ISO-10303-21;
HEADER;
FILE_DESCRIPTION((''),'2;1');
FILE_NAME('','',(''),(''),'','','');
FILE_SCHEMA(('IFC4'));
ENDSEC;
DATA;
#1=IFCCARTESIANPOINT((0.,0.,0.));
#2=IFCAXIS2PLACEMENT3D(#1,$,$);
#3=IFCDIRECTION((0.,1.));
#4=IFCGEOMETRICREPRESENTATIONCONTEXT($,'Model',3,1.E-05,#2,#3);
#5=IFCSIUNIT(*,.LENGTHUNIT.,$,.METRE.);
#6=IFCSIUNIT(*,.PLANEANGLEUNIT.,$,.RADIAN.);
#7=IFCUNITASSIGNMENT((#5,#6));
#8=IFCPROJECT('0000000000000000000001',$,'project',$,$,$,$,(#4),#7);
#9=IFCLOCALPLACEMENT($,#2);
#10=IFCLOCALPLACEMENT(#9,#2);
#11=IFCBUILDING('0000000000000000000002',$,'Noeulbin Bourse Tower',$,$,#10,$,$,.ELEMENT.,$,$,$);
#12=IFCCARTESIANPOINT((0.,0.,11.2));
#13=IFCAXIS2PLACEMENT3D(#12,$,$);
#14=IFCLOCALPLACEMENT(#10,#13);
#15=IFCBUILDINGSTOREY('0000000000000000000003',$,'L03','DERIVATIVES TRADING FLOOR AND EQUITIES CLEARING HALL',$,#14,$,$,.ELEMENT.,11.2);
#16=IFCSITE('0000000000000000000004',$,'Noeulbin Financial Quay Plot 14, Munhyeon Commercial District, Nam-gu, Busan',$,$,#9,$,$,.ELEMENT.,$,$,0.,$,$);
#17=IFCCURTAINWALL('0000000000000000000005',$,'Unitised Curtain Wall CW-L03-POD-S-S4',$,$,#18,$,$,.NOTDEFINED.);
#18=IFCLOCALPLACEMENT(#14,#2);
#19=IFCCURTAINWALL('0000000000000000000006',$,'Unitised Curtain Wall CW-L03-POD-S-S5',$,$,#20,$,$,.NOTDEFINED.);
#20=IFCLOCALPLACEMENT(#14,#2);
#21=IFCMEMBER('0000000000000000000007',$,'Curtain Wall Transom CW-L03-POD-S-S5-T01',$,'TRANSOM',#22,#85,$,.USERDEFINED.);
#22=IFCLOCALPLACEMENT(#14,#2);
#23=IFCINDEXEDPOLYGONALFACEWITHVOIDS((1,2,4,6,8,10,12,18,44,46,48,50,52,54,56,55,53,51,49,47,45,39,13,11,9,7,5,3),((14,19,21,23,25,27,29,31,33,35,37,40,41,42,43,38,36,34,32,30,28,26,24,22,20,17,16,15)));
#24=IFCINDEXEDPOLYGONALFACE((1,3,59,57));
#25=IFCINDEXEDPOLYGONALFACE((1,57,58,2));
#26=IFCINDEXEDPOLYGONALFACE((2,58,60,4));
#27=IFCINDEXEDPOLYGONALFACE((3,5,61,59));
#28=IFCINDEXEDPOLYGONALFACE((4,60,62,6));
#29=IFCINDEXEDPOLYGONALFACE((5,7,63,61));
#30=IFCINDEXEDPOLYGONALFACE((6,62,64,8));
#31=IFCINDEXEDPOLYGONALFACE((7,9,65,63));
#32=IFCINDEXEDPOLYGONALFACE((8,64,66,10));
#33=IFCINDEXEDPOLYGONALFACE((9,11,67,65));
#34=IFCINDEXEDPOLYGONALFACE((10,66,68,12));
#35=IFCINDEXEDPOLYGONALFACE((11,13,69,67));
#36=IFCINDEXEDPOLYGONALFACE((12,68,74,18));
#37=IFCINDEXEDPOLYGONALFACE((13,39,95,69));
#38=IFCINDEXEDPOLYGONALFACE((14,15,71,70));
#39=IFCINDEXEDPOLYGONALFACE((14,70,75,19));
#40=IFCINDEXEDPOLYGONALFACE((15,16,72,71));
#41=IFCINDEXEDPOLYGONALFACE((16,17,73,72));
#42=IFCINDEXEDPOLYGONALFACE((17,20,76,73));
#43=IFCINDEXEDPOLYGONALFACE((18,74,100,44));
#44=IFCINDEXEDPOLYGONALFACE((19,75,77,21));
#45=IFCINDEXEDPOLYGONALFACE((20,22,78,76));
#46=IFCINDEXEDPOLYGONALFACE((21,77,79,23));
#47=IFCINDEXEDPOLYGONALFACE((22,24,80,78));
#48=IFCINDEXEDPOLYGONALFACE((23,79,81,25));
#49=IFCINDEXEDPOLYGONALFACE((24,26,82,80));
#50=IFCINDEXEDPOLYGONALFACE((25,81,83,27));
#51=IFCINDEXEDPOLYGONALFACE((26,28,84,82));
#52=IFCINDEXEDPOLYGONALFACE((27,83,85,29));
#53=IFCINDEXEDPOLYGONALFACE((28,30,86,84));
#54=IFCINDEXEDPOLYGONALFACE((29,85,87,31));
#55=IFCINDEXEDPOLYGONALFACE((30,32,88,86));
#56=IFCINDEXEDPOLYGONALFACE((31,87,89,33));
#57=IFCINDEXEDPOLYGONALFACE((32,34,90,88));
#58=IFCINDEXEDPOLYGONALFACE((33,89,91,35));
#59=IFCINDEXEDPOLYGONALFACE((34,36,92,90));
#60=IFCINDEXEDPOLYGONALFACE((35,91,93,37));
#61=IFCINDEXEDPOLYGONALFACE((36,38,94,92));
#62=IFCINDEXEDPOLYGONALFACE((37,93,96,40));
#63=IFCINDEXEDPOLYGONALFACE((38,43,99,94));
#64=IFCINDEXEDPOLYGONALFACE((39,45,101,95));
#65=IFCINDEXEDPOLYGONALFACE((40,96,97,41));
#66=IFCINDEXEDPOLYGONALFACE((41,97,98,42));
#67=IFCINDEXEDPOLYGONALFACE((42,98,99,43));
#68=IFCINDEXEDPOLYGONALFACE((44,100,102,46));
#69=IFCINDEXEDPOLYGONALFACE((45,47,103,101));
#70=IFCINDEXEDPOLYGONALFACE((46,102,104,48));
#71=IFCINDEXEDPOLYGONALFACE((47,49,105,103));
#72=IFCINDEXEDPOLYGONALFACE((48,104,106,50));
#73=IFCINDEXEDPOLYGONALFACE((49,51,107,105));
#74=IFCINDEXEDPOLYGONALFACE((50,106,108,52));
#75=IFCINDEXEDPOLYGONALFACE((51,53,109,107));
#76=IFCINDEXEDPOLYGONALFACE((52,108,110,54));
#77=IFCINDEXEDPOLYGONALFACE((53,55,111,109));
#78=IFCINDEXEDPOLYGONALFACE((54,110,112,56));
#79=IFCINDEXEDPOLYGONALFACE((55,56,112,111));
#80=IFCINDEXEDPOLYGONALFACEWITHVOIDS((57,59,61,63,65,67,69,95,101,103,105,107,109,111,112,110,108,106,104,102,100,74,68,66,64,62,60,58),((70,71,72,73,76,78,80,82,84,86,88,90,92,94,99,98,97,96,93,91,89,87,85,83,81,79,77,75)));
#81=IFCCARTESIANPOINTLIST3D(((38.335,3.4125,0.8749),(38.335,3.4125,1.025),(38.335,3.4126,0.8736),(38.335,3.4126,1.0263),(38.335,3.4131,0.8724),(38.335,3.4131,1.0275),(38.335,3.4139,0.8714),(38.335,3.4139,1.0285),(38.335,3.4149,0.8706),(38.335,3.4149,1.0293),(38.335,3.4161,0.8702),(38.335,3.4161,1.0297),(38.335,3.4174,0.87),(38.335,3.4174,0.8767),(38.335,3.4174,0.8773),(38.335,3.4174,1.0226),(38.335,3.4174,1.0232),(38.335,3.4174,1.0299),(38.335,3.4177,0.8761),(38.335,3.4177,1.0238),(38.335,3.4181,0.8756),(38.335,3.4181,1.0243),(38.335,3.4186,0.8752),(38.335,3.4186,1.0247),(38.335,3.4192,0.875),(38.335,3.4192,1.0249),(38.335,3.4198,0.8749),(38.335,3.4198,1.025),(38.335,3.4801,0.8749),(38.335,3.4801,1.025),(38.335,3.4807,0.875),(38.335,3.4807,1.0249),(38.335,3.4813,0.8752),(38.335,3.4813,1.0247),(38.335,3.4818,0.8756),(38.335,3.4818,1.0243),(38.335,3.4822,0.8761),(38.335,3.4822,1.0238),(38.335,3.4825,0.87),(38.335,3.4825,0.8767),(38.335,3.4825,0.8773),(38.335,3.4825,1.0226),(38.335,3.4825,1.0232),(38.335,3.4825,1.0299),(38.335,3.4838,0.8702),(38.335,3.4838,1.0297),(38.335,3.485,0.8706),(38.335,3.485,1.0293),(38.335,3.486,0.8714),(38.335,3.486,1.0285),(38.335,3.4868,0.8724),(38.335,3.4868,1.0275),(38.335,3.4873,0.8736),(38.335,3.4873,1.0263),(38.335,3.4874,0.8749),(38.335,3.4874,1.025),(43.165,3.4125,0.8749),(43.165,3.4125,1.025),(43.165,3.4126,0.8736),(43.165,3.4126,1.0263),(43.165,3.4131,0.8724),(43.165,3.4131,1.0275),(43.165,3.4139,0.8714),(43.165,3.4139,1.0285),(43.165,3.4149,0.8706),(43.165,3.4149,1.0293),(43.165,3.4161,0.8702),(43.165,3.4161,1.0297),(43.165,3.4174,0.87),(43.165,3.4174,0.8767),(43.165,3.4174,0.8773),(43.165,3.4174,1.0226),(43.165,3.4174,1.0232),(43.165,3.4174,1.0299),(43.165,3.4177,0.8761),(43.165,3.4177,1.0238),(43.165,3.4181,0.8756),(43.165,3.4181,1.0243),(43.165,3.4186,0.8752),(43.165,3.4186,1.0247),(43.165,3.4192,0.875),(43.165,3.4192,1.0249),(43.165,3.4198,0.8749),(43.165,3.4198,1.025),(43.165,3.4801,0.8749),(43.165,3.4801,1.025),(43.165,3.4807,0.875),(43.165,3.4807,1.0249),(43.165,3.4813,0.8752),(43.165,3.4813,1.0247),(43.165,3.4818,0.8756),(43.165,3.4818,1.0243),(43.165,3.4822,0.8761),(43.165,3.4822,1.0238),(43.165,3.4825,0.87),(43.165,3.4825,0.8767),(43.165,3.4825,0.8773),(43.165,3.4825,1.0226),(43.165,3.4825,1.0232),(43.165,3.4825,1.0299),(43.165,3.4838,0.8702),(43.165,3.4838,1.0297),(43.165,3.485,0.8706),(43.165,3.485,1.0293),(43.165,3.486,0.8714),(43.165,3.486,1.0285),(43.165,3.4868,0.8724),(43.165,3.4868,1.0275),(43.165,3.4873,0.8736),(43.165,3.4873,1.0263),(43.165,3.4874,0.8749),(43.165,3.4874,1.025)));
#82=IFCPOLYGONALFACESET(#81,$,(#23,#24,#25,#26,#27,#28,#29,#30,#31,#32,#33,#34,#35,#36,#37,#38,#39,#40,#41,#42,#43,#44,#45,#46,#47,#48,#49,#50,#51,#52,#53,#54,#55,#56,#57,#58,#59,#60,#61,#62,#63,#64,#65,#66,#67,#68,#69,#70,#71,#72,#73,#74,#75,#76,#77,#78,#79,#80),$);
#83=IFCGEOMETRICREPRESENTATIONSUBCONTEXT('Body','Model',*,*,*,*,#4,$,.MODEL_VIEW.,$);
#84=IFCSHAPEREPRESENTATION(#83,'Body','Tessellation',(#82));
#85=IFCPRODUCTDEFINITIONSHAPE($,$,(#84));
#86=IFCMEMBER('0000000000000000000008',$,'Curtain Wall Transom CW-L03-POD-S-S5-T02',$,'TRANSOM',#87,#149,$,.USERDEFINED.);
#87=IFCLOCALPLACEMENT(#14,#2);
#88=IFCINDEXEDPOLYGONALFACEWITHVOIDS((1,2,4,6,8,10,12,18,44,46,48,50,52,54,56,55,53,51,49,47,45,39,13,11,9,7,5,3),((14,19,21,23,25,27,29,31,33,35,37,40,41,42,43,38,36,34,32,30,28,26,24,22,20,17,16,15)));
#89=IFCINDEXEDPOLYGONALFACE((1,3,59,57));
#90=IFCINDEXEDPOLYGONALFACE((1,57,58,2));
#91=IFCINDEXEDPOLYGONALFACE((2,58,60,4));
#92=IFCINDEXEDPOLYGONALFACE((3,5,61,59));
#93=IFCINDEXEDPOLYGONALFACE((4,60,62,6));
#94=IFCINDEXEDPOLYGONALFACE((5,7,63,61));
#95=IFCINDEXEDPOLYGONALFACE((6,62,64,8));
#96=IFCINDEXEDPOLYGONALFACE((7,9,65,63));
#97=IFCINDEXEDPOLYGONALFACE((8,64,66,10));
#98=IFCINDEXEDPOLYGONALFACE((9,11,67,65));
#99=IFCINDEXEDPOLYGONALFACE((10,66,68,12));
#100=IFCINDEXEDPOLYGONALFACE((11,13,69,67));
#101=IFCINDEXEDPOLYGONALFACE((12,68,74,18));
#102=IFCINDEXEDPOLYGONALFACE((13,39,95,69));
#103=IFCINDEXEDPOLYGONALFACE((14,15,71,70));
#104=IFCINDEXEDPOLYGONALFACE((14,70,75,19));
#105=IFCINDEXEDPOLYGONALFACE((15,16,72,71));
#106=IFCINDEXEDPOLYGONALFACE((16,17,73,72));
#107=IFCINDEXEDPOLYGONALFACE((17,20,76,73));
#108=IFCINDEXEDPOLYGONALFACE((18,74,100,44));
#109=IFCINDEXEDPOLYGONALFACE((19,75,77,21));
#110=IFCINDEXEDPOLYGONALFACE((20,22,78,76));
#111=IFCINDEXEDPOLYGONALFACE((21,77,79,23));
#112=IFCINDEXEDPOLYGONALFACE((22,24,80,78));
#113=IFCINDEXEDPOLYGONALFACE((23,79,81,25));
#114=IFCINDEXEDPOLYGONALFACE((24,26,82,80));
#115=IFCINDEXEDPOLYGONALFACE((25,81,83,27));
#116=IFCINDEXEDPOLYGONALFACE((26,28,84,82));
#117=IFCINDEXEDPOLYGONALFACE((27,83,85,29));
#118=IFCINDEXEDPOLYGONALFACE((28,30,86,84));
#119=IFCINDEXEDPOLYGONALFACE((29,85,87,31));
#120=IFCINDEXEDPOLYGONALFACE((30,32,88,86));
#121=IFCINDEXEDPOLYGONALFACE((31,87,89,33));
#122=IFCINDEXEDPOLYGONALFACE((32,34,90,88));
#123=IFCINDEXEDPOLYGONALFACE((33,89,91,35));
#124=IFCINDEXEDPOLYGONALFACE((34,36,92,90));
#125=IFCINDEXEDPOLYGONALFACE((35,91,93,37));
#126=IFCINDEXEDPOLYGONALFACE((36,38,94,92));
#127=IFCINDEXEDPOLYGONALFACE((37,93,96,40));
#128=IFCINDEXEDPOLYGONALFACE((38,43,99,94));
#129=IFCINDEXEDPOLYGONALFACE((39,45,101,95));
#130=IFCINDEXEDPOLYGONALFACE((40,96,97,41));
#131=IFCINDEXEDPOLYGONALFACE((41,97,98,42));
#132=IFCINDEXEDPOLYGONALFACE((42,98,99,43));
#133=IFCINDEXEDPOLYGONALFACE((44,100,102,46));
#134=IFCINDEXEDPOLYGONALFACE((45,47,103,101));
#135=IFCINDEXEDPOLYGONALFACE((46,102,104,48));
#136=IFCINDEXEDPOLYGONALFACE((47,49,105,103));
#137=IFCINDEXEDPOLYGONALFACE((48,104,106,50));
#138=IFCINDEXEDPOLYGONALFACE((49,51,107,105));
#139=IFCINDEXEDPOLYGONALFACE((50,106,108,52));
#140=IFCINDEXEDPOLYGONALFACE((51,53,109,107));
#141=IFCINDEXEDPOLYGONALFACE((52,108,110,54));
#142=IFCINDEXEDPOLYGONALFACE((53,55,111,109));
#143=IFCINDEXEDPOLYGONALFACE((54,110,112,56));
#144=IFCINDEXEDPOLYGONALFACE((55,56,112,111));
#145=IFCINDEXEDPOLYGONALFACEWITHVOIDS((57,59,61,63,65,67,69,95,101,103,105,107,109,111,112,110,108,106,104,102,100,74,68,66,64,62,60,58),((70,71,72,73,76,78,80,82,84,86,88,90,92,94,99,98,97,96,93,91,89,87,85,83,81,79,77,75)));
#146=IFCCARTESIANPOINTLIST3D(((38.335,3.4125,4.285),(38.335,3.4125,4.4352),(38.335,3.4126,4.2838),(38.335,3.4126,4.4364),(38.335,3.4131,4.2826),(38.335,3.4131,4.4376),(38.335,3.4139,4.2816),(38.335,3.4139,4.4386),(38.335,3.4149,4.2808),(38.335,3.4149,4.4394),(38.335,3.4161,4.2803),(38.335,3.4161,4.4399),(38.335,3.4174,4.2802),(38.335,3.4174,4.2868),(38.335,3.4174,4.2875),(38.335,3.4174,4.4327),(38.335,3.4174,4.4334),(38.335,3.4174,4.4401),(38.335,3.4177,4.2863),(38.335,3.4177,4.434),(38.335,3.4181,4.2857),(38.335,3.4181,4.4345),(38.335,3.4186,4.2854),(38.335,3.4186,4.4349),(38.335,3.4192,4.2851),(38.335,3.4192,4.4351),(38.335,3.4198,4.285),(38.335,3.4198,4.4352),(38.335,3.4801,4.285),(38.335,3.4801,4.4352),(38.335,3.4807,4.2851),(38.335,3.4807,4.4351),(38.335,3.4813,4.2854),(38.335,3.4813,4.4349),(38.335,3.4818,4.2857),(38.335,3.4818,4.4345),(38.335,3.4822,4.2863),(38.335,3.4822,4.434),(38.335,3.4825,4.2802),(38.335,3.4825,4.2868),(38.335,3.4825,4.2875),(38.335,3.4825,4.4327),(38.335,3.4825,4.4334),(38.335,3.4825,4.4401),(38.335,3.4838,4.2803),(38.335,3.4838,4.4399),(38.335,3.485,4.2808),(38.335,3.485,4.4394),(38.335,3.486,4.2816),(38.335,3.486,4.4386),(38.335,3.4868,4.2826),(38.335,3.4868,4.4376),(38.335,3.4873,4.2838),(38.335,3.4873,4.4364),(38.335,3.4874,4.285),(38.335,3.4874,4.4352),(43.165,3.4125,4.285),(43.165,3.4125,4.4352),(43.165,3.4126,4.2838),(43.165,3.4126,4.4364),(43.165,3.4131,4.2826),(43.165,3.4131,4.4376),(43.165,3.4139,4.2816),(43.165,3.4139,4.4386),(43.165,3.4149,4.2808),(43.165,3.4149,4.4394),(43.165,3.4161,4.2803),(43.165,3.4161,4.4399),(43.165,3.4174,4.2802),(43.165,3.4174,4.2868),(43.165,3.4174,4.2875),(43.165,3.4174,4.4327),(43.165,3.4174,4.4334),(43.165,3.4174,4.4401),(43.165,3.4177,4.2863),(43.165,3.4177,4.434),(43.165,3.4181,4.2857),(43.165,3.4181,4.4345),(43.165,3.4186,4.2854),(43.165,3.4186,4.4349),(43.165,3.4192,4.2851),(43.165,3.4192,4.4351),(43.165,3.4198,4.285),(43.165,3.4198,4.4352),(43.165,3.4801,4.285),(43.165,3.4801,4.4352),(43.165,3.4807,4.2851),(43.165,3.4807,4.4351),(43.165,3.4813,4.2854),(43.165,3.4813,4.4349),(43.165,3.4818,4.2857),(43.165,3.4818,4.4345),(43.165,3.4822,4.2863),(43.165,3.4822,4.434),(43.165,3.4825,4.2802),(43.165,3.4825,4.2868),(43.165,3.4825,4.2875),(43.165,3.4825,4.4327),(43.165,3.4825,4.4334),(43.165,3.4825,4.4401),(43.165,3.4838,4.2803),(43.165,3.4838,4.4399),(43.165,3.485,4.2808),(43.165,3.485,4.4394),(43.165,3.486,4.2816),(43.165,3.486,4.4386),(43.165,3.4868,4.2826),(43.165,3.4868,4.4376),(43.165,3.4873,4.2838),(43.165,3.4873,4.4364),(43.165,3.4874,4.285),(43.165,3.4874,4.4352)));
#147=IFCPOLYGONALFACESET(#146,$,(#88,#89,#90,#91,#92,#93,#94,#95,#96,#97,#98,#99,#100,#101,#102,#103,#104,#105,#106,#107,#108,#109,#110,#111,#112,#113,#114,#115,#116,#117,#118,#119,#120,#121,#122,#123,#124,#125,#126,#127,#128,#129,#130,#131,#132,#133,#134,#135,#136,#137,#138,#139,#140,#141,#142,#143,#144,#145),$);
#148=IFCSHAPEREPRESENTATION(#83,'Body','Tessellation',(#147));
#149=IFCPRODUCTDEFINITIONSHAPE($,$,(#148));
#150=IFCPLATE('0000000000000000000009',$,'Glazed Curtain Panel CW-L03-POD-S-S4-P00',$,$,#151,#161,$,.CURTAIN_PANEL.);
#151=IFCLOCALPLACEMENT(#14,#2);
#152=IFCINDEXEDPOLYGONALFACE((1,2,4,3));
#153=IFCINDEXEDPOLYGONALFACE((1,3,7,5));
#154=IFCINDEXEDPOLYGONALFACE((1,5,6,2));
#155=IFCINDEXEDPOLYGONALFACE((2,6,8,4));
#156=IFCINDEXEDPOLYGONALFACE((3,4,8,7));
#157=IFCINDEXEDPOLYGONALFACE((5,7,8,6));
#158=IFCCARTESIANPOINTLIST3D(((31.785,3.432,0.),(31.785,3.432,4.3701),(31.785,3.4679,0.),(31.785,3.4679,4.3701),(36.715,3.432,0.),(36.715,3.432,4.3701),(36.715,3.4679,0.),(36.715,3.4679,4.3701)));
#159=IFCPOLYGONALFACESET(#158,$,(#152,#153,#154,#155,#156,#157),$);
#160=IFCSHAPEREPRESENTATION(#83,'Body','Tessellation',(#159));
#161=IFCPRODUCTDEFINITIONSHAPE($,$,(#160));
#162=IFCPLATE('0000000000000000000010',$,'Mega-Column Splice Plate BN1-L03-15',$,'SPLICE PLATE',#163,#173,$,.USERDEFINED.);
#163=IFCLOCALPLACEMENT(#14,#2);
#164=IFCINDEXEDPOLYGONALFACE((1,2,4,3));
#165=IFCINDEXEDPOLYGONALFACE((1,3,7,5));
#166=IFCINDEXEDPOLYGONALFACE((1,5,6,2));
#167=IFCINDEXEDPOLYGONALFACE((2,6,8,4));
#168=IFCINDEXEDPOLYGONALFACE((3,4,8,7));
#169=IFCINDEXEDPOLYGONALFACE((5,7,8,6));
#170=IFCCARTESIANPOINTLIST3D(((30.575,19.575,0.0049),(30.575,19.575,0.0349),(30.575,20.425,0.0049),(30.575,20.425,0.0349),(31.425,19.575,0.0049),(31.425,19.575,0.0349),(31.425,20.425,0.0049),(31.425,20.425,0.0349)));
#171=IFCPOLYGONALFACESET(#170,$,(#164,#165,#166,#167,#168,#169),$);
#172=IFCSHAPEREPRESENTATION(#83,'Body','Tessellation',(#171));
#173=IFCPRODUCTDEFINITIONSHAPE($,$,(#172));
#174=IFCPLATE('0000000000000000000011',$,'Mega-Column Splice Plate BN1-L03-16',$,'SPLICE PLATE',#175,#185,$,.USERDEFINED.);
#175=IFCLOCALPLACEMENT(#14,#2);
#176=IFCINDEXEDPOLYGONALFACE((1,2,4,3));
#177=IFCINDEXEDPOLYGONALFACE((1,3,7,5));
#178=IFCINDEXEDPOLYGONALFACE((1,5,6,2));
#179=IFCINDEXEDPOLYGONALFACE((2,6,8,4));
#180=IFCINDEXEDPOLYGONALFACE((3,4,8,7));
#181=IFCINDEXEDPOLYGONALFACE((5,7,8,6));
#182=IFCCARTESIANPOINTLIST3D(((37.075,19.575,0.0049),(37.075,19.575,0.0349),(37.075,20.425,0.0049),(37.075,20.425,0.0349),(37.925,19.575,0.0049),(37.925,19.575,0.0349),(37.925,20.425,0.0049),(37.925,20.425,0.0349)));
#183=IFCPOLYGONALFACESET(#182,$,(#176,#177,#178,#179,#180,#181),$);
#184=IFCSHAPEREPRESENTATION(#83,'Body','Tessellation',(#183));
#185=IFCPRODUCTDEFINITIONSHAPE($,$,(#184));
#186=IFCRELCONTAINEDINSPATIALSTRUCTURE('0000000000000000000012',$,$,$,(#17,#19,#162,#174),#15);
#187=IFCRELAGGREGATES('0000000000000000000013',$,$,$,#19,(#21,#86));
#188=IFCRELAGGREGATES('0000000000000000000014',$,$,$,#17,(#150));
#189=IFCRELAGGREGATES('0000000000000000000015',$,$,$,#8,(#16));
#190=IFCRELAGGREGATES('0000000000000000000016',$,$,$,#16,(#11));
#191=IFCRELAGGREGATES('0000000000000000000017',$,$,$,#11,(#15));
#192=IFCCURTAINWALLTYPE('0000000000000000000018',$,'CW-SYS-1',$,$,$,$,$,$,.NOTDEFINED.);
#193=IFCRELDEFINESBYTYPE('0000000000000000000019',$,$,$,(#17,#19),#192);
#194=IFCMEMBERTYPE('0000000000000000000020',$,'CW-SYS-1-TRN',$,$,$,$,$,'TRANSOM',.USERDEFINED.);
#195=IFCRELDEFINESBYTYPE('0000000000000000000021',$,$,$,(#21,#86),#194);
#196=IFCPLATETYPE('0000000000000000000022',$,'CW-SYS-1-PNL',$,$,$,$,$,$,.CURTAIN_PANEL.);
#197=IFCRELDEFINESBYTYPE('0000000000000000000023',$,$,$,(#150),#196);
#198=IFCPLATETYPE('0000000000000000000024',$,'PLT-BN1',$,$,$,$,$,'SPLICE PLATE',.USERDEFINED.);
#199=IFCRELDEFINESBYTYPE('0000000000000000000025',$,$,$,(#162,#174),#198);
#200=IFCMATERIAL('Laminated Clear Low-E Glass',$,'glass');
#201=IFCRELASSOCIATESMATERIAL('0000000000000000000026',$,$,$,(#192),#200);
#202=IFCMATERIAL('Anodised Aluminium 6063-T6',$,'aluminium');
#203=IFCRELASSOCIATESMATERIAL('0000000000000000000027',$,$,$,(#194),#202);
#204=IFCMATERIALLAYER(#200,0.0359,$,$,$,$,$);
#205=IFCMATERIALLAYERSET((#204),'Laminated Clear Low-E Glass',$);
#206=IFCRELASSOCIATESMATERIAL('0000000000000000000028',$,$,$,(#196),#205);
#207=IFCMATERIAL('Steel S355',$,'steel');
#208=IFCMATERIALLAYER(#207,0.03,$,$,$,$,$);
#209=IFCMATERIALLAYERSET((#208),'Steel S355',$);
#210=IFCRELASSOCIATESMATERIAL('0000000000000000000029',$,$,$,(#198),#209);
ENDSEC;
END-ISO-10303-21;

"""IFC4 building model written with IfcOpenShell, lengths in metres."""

from ifc_helpers import new_model, si_unit, direction, frame, origin, origin_2d, place, context, subcontext, project, spatial, rectangle, hollow_rectangle, extrude, material, layer, layer_set, material_profile, profile_set, type_object, element, aggregate, save


model = new_model("IFC4")

# Units and contexts
model_context = context("Model", 3, precision=1e-05, world=origin(), true_north=direction((0.0, 1.0)))
body_context = subcontext(model_context, "Body", "Model", "MODEL_VIEW")
ifc_project = project(units=[si_unit("LENGTHUNIT", "METRE"), si_unit("PLANEANGLEUNIT", "RADIAN")], contexts=[model_context])

# Site, building, storey
site_placement = place(None, origin())
site = spatial("IfcSite", under=ifc_project, at=site_placement, Name="Noeulbin Financial Quay Plot 14, Munhyeon Commercial District, Nam-gu, Busan", CompositionType="ELEMENT", RefElevation=0.0)
building_placement = place(site_placement, origin())
building = spatial("IfcBuilding", under=site, at=building_placement, Name="Noeulbin Bourse Tower", CompositionType="ELEMENT")
storey_placement = place(building_placement, frame((0.0, 0.0, 11.2)))
storey = spatial("IfcBuildingStorey", under=building, at=storey_placement, Name="L03", Description="DERIVATIVES TRADING FLOOR AND EQUITIES CLEARING HALL", CompositionType="ELEMENT", Elevation=11.2)

# Shared definitions
ifc_material_1 = material(Name="Steel S355", Category="steel")

# Shared definitions
ifc_material_2 = material(Name="Laminated Clear Low-E Glass", Category="glass")
curtain_wall_type = type_object("IfcCurtainWallType", Name="CW-SYS-1", PredefinedType="NOTDEFINED", material=ifc_material_2)
ifc_material_3 = material(Name="Anodised Aluminium 6063-T6", Category="aluminium")

# Curtain wall
curtain_wall_1_placement = place(storey_placement, origin())
curtain_wall_1 = element("IfcCurtainWall", 1, at=curtain_wall_1_placement, inside=storey, type_object=curtain_wall_type, Name="Unitised Curtain Wall CW-L03-POD-S-S4", PredefinedType="NOTDEFINED")

# Curtain wall
curtain_wall_2_placement = place(storey_placement, origin())
curtain_wall_2 = element("IfcCurtainWall", 2, at=curtain_wall_2_placement, inside=storey, type_object=curtain_wall_type, Name="Unitised Curtain Wall CW-L03-POD-S-S5", PredefinedType="NOTDEFINED")

# Members
ifc_material_profile_1 = material_profile(ifc_material_3, hollow_rectangle(XDim=0.075, YDim=0.1599, WallThickness=0.0049, InnerFilletRadius=0.0024, OuterFilletRadius=0.0049, at=origin_2d()), Name="ALU-TRAN-75x160x5", Category="LoadBearing")
ifc_profile_set_1 = profile_set([ifc_material_profile_1], Name="Anodised Aluminium 6063-T6")
member_type_1 = type_object("IfcMemberType", Name="CW-SYS-1-TRN", ElementType="TRANSOM", PredefinedType="USERDEFINED", material=ifc_profile_set_1)
member_1_placement = place(storey_placement, frame((38.335, 3.45, 0.95), z_axis=(1.0, 0.0, 0.0), x_axis=(0.0, 1.0, 0.0)))
member_1 = element("IfcMember", 3, at=member_1_placement, type_object=member_type_1, Name="Curtain Wall Transom CW-L03-POD-S-S5-T01", ObjectType="TRANSOM", PredefinedType="USERDEFINED", context=body_context, shape_type="SweptSolid", body=[
    extrude(hollow_rectangle(XDim=0.075, YDim=0.1599, WallThickness=0.0049, InnerFilletRadius=0.0024, OuterFilletRadius=0.0049, at=origin_2d()), origin(), (0.0, 0.0, 1.0), 4.8301),
])
member_2_placement = place(storey_placement, frame((38.335, 3.45, 4.3601), z_axis=(1.0, 0.0, 0.0), x_axis=(0.0, 1.0, 0.0)))
member_2 = element("IfcMember", 4, at=member_2_placement, type_object=member_type_1, Name="Curtain Wall Transom CW-L03-POD-S-S5-T02", ObjectType="TRANSOM", PredefinedType="USERDEFINED", context=body_context, shape_type="SweptSolid", body=[
    extrude(hollow_rectangle(XDim=0.075, YDim=0.1599, WallThickness=0.0049, InnerFilletRadius=0.0024, OuterFilletRadius=0.0049, at=origin_2d()), origin(), (0.0, 0.0, 1.0), 4.8301),
])
aggregate(curtain_wall_2, [member_1, member_2])

# Plate
ifc_layer_1 = layer(ifc_material_2, 0.0359)
ifc_layer_set_1 = layer_set([ifc_layer_1], Name="Laminated Clear Low-E Glass")
plate_type_1 = type_object("IfcPlateType", Name="CW-SYS-1-PNL", PredefinedType="CURTAIN_PANEL", material=ifc_layer_set_1)
plate_placement = place(storey_placement, frame((34.25, 3.45, 0.0), z_axis=(0.0, 0.0, 1.0), x_axis=(1.0, 0.0, 0.0)))
plate = element("IfcPlate", 5, at=plate_placement, type_object=plate_type_1, Name="Glazed Curtain Panel CW-L03-POD-S-S4-P00", PredefinedType="CURTAIN_PANEL", context=body_context, shape_type="SweptSolid", body=[
    extrude(rectangle(XDim=4.9299, YDim=0.0359, at=origin_2d()), origin(), (0.0, 0.0, 1.0), 4.3701),
])
aggregate(curtain_wall_1, [plate])

# Plates
ifc_layer_2 = layer(ifc_material_1, 0.03)
ifc_layer_set_2 = layer_set([ifc_layer_2], Name="Steel S355")
plate_type_2 = type_object("IfcPlateType", Name="PLT-BN1", ElementType="SPLICE PLATE", PredefinedType="USERDEFINED", material=ifc_layer_set_2)
for number, where, z_axis, x_axis, name in (
    (6, (31.0, 20.0, 0.0049), (0.0, 0.0, 1.0), (1.0, 0.0, 0.0), "Mega-Column Splice Plate BN1-L03-15"),
    (7, (37.5, 20.0, 0.0049), (0.0, 0.0, 1.0), (1.0, 0.0, 0.0), "Mega-Column Splice Plate BN1-L03-16"),
):
    element("IfcPlate", number, at=place(storey_placement, frame(where, z_axis=z_axis, x_axis=x_axis)), inside=storey, type_object=plate_type_2, Name=name, ObjectType="SPLICE PLATE", PredefinedType="USERDEFINED", context=body_context, shape_type="SweptSolid", body=[
        extrude(rectangle(XDim=0.8501, YDim=0.8501, at=origin_2d()), origin(), (0.0, 0.0, 1.0), 0.03),
    ])

save(model, "model.ifc")
